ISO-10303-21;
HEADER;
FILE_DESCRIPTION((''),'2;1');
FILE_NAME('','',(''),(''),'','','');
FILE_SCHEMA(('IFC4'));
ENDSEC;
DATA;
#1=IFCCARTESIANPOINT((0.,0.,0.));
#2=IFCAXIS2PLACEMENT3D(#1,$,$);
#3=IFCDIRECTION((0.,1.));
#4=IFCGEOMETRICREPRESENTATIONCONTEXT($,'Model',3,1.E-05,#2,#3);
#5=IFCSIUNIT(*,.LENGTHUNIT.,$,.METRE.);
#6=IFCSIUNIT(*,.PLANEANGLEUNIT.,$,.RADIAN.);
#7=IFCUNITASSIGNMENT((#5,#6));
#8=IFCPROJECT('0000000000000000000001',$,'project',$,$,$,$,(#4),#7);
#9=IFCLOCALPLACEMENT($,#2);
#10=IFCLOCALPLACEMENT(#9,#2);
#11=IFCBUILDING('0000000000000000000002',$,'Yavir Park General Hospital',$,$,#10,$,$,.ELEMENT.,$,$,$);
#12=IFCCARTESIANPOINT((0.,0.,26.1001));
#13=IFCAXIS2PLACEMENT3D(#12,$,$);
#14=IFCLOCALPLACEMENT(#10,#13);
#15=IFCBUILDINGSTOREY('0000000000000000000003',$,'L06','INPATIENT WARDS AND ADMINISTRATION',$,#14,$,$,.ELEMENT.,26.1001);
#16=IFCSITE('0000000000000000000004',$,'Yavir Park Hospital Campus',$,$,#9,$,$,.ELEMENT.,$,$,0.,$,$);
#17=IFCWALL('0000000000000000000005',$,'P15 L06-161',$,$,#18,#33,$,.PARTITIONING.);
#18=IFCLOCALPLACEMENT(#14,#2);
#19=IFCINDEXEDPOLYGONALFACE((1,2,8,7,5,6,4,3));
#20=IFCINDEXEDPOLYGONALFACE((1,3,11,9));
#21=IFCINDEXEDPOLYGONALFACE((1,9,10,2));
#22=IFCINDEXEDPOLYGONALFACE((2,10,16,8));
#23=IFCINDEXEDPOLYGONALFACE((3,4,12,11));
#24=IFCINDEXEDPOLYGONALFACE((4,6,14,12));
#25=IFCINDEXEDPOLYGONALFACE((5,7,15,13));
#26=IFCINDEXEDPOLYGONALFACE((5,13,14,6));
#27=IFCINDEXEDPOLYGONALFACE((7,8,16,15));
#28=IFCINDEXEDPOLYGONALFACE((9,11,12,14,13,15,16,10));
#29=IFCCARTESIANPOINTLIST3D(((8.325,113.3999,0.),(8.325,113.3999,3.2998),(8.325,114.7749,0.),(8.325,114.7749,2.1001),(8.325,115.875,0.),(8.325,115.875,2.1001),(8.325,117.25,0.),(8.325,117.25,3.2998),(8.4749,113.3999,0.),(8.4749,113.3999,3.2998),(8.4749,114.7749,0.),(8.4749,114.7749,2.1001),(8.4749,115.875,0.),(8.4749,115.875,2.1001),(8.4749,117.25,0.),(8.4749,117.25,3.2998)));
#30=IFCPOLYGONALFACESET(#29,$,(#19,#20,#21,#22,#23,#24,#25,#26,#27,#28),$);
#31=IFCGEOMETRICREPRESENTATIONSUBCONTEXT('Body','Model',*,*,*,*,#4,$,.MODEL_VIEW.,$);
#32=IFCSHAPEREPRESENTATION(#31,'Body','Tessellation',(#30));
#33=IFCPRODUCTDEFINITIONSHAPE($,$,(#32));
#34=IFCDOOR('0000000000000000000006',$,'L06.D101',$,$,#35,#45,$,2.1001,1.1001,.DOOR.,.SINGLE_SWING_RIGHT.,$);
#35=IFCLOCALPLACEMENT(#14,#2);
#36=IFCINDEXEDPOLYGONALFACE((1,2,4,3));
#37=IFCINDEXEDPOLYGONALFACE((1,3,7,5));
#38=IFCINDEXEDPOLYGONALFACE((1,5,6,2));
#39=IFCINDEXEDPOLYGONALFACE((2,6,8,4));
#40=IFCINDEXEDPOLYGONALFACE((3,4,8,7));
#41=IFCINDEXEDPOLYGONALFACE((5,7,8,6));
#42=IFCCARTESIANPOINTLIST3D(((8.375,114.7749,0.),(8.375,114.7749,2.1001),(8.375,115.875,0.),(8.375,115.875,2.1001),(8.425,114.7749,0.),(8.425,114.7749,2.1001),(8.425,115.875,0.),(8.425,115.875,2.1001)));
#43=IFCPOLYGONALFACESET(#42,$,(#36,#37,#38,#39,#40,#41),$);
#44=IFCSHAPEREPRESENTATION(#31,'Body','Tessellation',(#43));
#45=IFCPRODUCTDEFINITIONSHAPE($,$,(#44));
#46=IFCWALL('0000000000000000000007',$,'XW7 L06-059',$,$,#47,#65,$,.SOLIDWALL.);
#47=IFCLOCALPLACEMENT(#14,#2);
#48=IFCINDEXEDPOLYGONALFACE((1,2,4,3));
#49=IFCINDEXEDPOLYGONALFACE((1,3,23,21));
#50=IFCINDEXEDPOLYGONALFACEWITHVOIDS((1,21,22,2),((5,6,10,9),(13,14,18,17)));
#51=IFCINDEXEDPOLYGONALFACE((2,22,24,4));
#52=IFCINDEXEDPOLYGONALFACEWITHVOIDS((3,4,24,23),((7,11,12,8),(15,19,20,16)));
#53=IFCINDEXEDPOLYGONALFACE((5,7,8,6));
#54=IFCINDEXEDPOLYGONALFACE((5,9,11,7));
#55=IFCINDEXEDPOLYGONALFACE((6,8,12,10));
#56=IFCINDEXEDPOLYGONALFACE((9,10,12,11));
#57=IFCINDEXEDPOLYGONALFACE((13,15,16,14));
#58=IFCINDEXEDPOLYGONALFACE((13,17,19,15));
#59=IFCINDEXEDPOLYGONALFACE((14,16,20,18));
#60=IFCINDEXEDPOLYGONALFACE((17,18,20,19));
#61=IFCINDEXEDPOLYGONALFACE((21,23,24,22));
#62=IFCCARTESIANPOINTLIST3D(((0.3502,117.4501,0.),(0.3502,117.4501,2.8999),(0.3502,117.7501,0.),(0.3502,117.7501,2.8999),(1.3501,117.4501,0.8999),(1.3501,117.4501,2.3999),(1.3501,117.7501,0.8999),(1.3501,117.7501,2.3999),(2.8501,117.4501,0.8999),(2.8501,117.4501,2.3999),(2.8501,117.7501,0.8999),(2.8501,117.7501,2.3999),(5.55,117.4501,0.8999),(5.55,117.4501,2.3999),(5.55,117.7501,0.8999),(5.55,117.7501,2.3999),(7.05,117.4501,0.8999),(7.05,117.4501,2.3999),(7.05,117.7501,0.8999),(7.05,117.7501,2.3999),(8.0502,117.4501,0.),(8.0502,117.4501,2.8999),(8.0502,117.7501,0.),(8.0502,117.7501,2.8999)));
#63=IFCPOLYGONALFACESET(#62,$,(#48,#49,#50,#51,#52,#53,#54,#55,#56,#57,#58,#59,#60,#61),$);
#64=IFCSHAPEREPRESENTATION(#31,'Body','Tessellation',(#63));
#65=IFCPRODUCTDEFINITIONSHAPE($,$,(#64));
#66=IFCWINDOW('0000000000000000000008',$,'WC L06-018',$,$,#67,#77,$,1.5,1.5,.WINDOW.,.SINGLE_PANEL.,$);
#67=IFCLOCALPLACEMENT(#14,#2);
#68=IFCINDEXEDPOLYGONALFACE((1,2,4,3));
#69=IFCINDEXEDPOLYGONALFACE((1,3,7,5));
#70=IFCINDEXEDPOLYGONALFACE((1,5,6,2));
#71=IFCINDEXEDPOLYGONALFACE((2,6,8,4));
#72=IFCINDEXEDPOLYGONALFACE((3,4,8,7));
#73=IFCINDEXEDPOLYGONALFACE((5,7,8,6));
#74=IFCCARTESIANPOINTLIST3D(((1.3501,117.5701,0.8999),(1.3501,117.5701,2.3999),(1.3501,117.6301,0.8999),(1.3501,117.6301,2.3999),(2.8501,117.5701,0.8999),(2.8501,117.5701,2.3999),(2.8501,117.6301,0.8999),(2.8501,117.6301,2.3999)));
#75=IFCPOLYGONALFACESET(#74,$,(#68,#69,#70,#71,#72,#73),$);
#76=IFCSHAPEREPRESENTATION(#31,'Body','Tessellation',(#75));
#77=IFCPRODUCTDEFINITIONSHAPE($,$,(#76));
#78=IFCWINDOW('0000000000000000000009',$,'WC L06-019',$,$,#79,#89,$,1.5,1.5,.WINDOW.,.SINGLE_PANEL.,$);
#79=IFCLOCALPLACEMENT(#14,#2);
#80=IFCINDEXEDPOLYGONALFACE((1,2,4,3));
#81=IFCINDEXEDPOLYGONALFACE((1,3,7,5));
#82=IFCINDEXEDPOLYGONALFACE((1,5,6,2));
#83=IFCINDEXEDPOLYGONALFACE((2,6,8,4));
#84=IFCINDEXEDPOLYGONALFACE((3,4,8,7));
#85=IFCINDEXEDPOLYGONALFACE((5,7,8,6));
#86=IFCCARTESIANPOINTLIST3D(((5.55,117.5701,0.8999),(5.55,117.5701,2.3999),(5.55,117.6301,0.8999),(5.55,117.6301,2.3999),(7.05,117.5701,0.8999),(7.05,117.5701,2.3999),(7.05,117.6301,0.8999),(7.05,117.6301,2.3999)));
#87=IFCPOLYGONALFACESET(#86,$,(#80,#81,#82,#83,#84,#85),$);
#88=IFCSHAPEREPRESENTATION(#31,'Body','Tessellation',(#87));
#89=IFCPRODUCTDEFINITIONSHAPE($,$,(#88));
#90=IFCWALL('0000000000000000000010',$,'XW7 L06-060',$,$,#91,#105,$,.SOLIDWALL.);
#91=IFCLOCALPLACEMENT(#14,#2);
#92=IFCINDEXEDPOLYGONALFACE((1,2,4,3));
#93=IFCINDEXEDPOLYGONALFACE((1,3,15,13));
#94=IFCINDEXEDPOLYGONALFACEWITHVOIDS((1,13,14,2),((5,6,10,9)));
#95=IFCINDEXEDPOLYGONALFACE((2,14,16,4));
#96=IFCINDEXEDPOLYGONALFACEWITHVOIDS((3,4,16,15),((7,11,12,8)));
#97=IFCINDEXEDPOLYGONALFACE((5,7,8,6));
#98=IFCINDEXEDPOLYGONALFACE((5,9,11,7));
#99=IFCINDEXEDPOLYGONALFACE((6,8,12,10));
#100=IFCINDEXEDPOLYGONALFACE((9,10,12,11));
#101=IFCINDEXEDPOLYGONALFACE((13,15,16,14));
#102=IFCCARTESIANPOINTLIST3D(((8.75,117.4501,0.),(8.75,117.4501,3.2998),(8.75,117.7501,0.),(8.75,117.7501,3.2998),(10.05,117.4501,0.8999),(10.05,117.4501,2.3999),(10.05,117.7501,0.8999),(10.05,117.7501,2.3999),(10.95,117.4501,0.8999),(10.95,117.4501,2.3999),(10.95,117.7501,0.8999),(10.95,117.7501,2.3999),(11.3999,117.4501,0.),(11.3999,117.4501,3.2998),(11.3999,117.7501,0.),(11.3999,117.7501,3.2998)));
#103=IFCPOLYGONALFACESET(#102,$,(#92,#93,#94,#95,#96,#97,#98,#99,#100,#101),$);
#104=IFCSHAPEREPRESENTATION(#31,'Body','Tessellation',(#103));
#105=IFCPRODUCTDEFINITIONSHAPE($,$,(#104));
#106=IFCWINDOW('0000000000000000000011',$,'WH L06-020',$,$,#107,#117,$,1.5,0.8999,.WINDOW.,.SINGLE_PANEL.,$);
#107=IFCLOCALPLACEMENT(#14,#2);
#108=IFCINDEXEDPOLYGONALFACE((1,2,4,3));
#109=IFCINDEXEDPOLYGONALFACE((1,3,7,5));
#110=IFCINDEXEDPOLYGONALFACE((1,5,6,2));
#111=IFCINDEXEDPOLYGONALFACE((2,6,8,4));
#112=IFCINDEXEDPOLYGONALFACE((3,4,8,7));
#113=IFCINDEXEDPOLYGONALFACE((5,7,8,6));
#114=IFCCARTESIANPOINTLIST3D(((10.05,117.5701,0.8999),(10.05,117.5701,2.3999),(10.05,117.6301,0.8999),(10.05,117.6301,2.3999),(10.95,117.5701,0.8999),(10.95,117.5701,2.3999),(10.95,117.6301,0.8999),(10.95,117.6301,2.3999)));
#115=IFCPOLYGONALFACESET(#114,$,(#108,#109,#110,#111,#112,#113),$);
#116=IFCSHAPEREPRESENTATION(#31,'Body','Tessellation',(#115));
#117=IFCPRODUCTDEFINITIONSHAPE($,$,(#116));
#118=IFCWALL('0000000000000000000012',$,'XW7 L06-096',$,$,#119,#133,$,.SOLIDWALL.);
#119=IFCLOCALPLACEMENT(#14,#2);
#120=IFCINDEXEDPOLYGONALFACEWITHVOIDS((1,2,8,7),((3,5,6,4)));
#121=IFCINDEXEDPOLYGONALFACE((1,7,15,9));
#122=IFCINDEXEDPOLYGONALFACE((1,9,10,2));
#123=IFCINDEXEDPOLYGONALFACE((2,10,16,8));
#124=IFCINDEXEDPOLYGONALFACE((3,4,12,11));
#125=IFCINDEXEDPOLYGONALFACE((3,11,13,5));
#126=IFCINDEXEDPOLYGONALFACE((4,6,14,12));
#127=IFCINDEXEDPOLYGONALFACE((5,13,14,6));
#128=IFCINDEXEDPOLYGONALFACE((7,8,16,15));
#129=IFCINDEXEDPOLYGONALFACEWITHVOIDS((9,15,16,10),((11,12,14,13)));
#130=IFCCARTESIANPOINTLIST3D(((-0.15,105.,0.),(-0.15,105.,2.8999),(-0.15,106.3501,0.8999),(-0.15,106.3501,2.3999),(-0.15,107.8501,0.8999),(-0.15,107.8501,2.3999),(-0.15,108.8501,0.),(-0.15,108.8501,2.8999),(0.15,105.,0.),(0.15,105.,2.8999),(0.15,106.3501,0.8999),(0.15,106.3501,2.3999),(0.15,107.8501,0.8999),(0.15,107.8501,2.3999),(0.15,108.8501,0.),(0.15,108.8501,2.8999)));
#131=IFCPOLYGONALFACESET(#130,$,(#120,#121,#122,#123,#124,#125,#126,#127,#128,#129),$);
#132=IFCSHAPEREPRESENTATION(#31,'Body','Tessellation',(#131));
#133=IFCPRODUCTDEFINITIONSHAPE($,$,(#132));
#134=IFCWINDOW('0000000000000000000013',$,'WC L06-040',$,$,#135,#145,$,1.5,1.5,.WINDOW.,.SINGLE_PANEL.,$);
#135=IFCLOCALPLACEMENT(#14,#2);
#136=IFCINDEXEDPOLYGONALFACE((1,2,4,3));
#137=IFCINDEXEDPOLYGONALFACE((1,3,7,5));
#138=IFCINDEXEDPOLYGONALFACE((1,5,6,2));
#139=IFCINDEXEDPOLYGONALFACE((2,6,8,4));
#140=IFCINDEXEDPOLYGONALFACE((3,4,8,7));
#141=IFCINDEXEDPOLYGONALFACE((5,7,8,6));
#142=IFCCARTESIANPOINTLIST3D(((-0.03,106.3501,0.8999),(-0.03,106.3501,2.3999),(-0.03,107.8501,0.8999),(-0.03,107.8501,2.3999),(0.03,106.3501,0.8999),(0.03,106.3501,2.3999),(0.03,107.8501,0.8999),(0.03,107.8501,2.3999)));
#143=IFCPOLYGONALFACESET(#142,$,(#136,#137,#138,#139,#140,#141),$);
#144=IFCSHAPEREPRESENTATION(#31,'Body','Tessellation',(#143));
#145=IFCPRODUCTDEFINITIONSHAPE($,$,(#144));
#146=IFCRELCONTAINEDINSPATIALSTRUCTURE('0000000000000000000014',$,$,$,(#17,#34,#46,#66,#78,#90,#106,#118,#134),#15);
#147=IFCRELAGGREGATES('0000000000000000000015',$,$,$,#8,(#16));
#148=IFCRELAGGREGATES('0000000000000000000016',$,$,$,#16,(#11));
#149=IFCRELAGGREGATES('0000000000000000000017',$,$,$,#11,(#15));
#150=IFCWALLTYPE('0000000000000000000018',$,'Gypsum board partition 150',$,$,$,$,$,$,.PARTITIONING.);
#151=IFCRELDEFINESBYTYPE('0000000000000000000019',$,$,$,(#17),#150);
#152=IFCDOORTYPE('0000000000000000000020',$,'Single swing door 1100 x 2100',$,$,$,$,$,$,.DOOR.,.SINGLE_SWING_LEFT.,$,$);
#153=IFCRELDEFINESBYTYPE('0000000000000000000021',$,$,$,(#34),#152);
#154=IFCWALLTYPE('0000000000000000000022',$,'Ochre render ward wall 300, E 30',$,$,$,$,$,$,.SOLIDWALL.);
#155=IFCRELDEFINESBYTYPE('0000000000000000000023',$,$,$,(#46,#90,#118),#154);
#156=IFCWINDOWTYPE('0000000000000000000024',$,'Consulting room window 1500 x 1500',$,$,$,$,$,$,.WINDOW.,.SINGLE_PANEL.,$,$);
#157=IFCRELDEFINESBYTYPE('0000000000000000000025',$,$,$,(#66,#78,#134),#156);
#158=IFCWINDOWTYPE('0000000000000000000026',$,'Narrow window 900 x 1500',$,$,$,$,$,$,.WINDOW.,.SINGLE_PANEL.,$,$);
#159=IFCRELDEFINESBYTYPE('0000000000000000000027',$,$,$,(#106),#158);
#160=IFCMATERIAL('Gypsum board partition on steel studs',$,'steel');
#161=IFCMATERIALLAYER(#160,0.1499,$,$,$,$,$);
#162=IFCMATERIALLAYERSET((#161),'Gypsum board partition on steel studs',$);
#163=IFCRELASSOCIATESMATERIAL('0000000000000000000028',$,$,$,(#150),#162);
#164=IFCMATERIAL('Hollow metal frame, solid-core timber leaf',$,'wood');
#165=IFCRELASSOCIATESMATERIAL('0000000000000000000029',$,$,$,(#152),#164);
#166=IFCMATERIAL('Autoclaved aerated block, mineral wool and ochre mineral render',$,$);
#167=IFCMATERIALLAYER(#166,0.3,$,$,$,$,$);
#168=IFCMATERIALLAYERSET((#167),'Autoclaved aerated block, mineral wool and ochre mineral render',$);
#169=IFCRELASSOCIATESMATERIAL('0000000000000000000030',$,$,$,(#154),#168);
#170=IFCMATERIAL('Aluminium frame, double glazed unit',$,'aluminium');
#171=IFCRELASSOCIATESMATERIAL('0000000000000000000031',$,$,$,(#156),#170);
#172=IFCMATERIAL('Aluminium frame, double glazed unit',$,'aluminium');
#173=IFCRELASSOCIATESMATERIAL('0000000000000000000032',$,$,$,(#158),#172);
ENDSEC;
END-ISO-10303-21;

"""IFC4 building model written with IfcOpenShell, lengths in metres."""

from ifc_helpers import new_model, si_unit, direction, frame, frame_2d, origin, place, context, subcontext, project, spatial, rectangle, extrude, material, layer, layer_set, type_object, element, fill, save


model = new_model("IFC4")

# Units and contexts
model_context = context("Model", 3, precision=1e-05, world=origin(), true_north=direction((0.0, 1.0)))
body_context = subcontext(model_context, "Body", "Model", "MODEL_VIEW")
ifc_project = project(units=[si_unit("LENGTHUNIT", "METRE"), si_unit("PLANEANGLEUNIT", "RADIAN")], contexts=[model_context])

# Site, building, storey
site_placement = place(None, origin())
site = spatial("IfcSite", under=ifc_project, at=site_placement, Name="Yavir Park Hospital Campus", CompositionType="ELEMENT", RefElevation=0.0)
building_placement = place(site_placement, origin())
building = spatial("IfcBuilding", under=site, at=building_placement, Name="Yavir Park General Hospital", CompositionType="ELEMENT")
storey_placement = place(building_placement, frame((0.0, 0.0, 26.1001)))
storey = spatial("IfcBuildingStorey", under=building, at=storey_placement, Name="L06", Description="INPATIENT WARDS AND ADMINISTRATION", CompositionType="ELEMENT", Elevation=26.1001)

# Shared definitions
ifc_material_1 = material(Name="Gypsum board partition on steel studs", Category="steel")
ifc_layer_1 = layer(ifc_material_1, 0.1499)
ifc_layer_set_1 = layer_set([ifc_layer_1], Name="Gypsum board partition on steel studs")
wall_type_1 = type_object("IfcWallType", Name="Gypsum board partition 150", PredefinedType="PARTITIONING", material=ifc_layer_set_1)

# Wall, opening, door
wall_1_placement = place(storey_placement, frame((8.3999, 113.3999, 0.0), z_axis=(0.0, 0.0, 1.0), x_axis=(0.0, 1.0, 0.0)))
wall_1 = element("IfcWall", 1, at=wall_1_placement, inside=storey, type_object=wall_type_1, Name="P15 L06-161", PredefinedType="PARTITIONING", context=body_context, shape_type="SweptSolid", body=[
    extrude(rectangle(XDim=3.8501, YDim=0.1499, at=frame_2d((1.925, 0.0))), origin(), (0.0, 0.0, 1.0), 3.2998),
])
opening_1_placement = place(wall_1_placement, frame((1.375, 0.0, 0.0)))
opening_1 = element("IfcOpeningElement", 2, at=opening_1_placement, cuts=wall_1, PredefinedType="OPENING", context=body_context, shape_type="SweptSolid", body=[
    extrude(rectangle(XDim=1.1001, YDim=2.1001, at=frame_2d((0.55, 1.05))), frame((0.0, 0.085, 0.0), z_axis=(0.0, -1.0, 0.0), x_axis=(1.0, 0.0, 0.0)), (0.0, 0.0, 1.0), 0.1699),
])
ifc_material_2 = material(Name="Hollow metal frame, solid-core timber leaf", Category="wood")
door_type_1 = type_object("IfcDoorType", Name="Single swing door 1100 x 2100", OperationType="SINGLE_SWING_LEFT", PredefinedType="DOOR", material=ifc_material_2)
door_1_placement = place(opening_1_placement, origin())
door_1 = element("IfcDoor", 3, at=door_1_placement, inside=storey, type_object=door_type_1, Name="L06.D101", OperationType="SINGLE_SWING_RIGHT", OverallHeight=2.1001, OverallWidth=1.1001, PredefinedType="DOOR", context=body_context, shape_type="SweptSolid", body=[
    extrude(rectangle(XDim=1.1001, YDim=2.1001, at=frame_2d((0.55, 1.05))), frame((0.0, 0.0249, 0.0), z_axis=(0.0, -1.0, 0.0), x_axis=(1.0, 0.0, 0.0)), (0.0, 0.0, 1.0), 0.05),
])
fill(opening_1, door_1)

# Wall, openings, windows
ifc_material_3 = material(Name="Autoclaved aerated block, mineral wool and ochre mineral render")
ifc_layer_2 = layer(ifc_material_3, 0.3)
ifc_layer_set_2 = layer_set([ifc_layer_2], Name="Autoclaved aerated block, mineral wool and ochre mineral render")
wall_type_2 = type_object("IfcWallType", Name="Ochre render ward wall 300, E 30", PredefinedType="SOLIDWALL", material=ifc_layer_set_2)
wall_2_placement = place(storey_placement, frame((0.3501, 117.6001, 0.0), z_axis=(0.0, 0.0, 1.0), x_axis=(1.0, 0.0, 0.0)))
wall_2 = element("IfcWall", 4, at=wall_2_placement, inside=storey, type_object=wall_type_2, Name="XW7 L06-059", PredefinedType="SOLIDWALL", context=body_context, shape_type="SweptSolid", body=[
    extrude(rectangle(XDim=7.7, YDim=0.3, at=frame_2d((3.8501, 0.0))), origin(), (0.0, 0.0, 1.0), 2.8999),
])
opening_2_placement = place(wall_2_placement, frame((1.0, 0.0, 0.8999)))
opening_2 = element("IfcOpeningElement", 5, at=opening_2_placement, cuts=wall_2, PredefinedType="OPENING", context=body_context, shape_type="SweptSolid", body=[
    extrude(rectangle(XDim=1.5, YDim=1.5, at=frame_2d((0.75, 0.75))), frame((0.0, 0.1599, 0.0), z_axis=(0.0, -1.0, 0.0), x_axis=(1.0, 0.0, 0.0)), (0.0, 0.0, 1.0), 0.3201),
])
opening_3_placement = place(wall_2_placement, frame((5.2, 0.0, 0.8999)))
opening_3 = element("IfcOpeningElement", 6, at=opening_3_placement, cuts=wall_2, PredefinedType="OPENING", context=body_context, shape_type="SweptSolid", body=[
    extrude(rectangle(XDim=1.5, YDim=1.5, at=frame_2d((0.75, 0.75))), frame((0.0, 0.1599, 0.0), z_axis=(0.0, -1.0, 0.0), x_axis=(1.0, 0.0, 0.0)), (0.0, 0.0, 1.0), 0.3201),
])
ifc_material_4 = material(Name="Aluminium frame, double glazed unit", Category="aluminium")
window_type_1 = type_object("IfcWindowType", Name="Consulting room window 1500 x 1500", PartitioningType="SINGLE_PANEL", PredefinedType="WINDOW", material=ifc_material_4)
window_1_placement = place(opening_2_placement, origin())
window_1 = element("IfcWindow", 7, at=window_1_placement, inside=storey, type_object=window_type_1, Name="WC L06-018", OverallHeight=1.5, OverallWidth=1.5, PartitioningType="SINGLE_PANEL", PredefinedType="WINDOW", context=body_context, shape_type="SweptSolid", body=[
    extrude(rectangle(XDim=1.5, YDim=1.5, at=frame_2d((0.75, 0.75))), frame((0.0, 0.03, 0.0), z_axis=(0.0, -1.0, 0.0), x_axis=(1.0, 0.0, 0.0)), (0.0, 0.0, 1.0), 0.0601),
])
fill(opening_2, window_1)
window_2_placement = place(opening_3_placement, origin())
window_2 = element("IfcWindow", 8, at=window_2_placement, inside=storey, type_object=window_type_1, Name="WC L06-019", OverallHeight=1.5, OverallWidth=1.5, PartitioningType="SINGLE_PANEL", PredefinedType="WINDOW", context=body_context, shape_type="SweptSolid", body=[
    extrude(rectangle(XDim=1.5, YDim=1.5, at=frame_2d((0.75, 0.75))), frame((0.0, 0.03, 0.0), z_axis=(0.0, -1.0, 0.0), x_axis=(1.0, 0.0, 0.0)), (0.0, 0.0, 1.0), 0.0601),
])
fill(opening_3, window_2)

# Walls, openings, windows
wall_3_placement = place(storey_placement, frame((8.75, 117.6001, 0.0), z_axis=(0.0, 0.0, 1.0), x_axis=(1.0, 0.0, 0.0)))
wall_3 = element("IfcWall", 9, at=wall_3_placement, inside=storey, type_object=wall_type_2, Name="XW7 L06-060", PredefinedType="SOLIDWALL", context=body_context, shape_type="SweptSolid", body=[
    extrude(rectangle(XDim=2.6499, YDim=0.3, at=frame_2d((1.325, 0.0))), origin(), (0.0, 0.0, 1.0), 3.2998),
])
opening_4_placement = place(wall_3_placement, frame((1.3, 0.0, 0.8999)))
opening_4 = element("IfcOpeningElement", 10, at=opening_4_placement, cuts=wall_3, PredefinedType="OPENING", context=body_context, shape_type="SweptSolid", body=[
    extrude(rectangle(XDim=0.8999, YDim=1.5, at=frame_2d((0.45, 0.75))), frame((0.0, 0.1599, 0.0), z_axis=(0.0, -1.0, 0.0), x_axis=(1.0, 0.0, 0.0)), (0.0, 0.0, 1.0), 0.3201),
])
ifc_material_5 = material(Name="Aluminium frame, double glazed unit", Category="aluminium")
window_type_2 = type_object("IfcWindowType", Name="Narrow window 900 x 1500", PartitioningType="SINGLE_PANEL", PredefinedType="WINDOW", material=ifc_material_5)
window_3_placement = place(opening_4_placement, origin())
window_3 = element("IfcWindow", 11, at=window_3_placement, inside=storey, type_object=window_type_2, Name="WH L06-020", OverallHeight=1.5, OverallWidth=0.8999, PartitioningType="SINGLE_PANEL", PredefinedType="WINDOW", context=body_context, shape_type="SweptSolid", body=[
    extrude(rectangle(XDim=0.8999, YDim=1.5, at=frame_2d((0.45, 0.75))), frame((0.0, 0.03, 0.0), z_axis=(0.0, -1.0, 0.0), x_axis=(1.0, 0.0, 0.0)), (0.0, 0.0, 1.0), 0.0601),
])
fill(opening_4, window_3)
wall_4_placement = place(storey_placement, frame((0.0, 105.0, 0.0), z_axis=(0.0, 0.0, 1.0), x_axis=(0.0, 1.0, 0.0)))
wall_4 = element("IfcWall", 12, at=wall_4_placement, inside=storey, type_object=wall_type_2, Name="XW7 L06-096", PredefinedType="SOLIDWALL", context=body_context, shape_type="SweptSolid", body=[
    extrude(rectangle(XDim=3.8501, YDim=0.3, at=frame_2d((1.925, 0.0))), origin(), (0.0, 0.0, 1.0), 2.8999),
])
opening_5_placement = place(wall_4_placement, frame((1.3501, 0.0, 0.8999)))
opening_5 = element("IfcOpeningElement", 13, at=opening_5_placement, cuts=wall_4, PredefinedType="OPENING", context=body_context, shape_type="SweptSolid", body=[
    extrude(rectangle(XDim=1.5, YDim=1.5, at=frame_2d((0.75, 0.75))), frame((0.0, 0.1599, 0.0), z_axis=(0.0, -1.0, 0.0), x_axis=(1.0, 0.0, 0.0)), (0.0, 0.0, 1.0), 0.3201),
])
window_4_placement = place(opening_5_placement, origin())
window_4 = element("IfcWindow", 14, at=window_4_placement, inside=storey, type_object=window_type_1, Name="WC L06-040", OverallHeight=1.5, OverallWidth=1.5, PartitioningType="SINGLE_PANEL", PredefinedType="WINDOW", context=body_context, shape_type="SweptSolid", body=[
    extrude(rectangle(XDim=1.5, YDim=1.5, at=frame_2d((0.75, 0.75))), frame((0.0, 0.03, 0.0), z_axis=(0.0, -1.0, 0.0), x_axis=(1.0, 0.0, 0.0)), (0.0, 0.0, 1.0), 0.0601),
])
fill(opening_5, window_4)

save(model, "model.ifc")
